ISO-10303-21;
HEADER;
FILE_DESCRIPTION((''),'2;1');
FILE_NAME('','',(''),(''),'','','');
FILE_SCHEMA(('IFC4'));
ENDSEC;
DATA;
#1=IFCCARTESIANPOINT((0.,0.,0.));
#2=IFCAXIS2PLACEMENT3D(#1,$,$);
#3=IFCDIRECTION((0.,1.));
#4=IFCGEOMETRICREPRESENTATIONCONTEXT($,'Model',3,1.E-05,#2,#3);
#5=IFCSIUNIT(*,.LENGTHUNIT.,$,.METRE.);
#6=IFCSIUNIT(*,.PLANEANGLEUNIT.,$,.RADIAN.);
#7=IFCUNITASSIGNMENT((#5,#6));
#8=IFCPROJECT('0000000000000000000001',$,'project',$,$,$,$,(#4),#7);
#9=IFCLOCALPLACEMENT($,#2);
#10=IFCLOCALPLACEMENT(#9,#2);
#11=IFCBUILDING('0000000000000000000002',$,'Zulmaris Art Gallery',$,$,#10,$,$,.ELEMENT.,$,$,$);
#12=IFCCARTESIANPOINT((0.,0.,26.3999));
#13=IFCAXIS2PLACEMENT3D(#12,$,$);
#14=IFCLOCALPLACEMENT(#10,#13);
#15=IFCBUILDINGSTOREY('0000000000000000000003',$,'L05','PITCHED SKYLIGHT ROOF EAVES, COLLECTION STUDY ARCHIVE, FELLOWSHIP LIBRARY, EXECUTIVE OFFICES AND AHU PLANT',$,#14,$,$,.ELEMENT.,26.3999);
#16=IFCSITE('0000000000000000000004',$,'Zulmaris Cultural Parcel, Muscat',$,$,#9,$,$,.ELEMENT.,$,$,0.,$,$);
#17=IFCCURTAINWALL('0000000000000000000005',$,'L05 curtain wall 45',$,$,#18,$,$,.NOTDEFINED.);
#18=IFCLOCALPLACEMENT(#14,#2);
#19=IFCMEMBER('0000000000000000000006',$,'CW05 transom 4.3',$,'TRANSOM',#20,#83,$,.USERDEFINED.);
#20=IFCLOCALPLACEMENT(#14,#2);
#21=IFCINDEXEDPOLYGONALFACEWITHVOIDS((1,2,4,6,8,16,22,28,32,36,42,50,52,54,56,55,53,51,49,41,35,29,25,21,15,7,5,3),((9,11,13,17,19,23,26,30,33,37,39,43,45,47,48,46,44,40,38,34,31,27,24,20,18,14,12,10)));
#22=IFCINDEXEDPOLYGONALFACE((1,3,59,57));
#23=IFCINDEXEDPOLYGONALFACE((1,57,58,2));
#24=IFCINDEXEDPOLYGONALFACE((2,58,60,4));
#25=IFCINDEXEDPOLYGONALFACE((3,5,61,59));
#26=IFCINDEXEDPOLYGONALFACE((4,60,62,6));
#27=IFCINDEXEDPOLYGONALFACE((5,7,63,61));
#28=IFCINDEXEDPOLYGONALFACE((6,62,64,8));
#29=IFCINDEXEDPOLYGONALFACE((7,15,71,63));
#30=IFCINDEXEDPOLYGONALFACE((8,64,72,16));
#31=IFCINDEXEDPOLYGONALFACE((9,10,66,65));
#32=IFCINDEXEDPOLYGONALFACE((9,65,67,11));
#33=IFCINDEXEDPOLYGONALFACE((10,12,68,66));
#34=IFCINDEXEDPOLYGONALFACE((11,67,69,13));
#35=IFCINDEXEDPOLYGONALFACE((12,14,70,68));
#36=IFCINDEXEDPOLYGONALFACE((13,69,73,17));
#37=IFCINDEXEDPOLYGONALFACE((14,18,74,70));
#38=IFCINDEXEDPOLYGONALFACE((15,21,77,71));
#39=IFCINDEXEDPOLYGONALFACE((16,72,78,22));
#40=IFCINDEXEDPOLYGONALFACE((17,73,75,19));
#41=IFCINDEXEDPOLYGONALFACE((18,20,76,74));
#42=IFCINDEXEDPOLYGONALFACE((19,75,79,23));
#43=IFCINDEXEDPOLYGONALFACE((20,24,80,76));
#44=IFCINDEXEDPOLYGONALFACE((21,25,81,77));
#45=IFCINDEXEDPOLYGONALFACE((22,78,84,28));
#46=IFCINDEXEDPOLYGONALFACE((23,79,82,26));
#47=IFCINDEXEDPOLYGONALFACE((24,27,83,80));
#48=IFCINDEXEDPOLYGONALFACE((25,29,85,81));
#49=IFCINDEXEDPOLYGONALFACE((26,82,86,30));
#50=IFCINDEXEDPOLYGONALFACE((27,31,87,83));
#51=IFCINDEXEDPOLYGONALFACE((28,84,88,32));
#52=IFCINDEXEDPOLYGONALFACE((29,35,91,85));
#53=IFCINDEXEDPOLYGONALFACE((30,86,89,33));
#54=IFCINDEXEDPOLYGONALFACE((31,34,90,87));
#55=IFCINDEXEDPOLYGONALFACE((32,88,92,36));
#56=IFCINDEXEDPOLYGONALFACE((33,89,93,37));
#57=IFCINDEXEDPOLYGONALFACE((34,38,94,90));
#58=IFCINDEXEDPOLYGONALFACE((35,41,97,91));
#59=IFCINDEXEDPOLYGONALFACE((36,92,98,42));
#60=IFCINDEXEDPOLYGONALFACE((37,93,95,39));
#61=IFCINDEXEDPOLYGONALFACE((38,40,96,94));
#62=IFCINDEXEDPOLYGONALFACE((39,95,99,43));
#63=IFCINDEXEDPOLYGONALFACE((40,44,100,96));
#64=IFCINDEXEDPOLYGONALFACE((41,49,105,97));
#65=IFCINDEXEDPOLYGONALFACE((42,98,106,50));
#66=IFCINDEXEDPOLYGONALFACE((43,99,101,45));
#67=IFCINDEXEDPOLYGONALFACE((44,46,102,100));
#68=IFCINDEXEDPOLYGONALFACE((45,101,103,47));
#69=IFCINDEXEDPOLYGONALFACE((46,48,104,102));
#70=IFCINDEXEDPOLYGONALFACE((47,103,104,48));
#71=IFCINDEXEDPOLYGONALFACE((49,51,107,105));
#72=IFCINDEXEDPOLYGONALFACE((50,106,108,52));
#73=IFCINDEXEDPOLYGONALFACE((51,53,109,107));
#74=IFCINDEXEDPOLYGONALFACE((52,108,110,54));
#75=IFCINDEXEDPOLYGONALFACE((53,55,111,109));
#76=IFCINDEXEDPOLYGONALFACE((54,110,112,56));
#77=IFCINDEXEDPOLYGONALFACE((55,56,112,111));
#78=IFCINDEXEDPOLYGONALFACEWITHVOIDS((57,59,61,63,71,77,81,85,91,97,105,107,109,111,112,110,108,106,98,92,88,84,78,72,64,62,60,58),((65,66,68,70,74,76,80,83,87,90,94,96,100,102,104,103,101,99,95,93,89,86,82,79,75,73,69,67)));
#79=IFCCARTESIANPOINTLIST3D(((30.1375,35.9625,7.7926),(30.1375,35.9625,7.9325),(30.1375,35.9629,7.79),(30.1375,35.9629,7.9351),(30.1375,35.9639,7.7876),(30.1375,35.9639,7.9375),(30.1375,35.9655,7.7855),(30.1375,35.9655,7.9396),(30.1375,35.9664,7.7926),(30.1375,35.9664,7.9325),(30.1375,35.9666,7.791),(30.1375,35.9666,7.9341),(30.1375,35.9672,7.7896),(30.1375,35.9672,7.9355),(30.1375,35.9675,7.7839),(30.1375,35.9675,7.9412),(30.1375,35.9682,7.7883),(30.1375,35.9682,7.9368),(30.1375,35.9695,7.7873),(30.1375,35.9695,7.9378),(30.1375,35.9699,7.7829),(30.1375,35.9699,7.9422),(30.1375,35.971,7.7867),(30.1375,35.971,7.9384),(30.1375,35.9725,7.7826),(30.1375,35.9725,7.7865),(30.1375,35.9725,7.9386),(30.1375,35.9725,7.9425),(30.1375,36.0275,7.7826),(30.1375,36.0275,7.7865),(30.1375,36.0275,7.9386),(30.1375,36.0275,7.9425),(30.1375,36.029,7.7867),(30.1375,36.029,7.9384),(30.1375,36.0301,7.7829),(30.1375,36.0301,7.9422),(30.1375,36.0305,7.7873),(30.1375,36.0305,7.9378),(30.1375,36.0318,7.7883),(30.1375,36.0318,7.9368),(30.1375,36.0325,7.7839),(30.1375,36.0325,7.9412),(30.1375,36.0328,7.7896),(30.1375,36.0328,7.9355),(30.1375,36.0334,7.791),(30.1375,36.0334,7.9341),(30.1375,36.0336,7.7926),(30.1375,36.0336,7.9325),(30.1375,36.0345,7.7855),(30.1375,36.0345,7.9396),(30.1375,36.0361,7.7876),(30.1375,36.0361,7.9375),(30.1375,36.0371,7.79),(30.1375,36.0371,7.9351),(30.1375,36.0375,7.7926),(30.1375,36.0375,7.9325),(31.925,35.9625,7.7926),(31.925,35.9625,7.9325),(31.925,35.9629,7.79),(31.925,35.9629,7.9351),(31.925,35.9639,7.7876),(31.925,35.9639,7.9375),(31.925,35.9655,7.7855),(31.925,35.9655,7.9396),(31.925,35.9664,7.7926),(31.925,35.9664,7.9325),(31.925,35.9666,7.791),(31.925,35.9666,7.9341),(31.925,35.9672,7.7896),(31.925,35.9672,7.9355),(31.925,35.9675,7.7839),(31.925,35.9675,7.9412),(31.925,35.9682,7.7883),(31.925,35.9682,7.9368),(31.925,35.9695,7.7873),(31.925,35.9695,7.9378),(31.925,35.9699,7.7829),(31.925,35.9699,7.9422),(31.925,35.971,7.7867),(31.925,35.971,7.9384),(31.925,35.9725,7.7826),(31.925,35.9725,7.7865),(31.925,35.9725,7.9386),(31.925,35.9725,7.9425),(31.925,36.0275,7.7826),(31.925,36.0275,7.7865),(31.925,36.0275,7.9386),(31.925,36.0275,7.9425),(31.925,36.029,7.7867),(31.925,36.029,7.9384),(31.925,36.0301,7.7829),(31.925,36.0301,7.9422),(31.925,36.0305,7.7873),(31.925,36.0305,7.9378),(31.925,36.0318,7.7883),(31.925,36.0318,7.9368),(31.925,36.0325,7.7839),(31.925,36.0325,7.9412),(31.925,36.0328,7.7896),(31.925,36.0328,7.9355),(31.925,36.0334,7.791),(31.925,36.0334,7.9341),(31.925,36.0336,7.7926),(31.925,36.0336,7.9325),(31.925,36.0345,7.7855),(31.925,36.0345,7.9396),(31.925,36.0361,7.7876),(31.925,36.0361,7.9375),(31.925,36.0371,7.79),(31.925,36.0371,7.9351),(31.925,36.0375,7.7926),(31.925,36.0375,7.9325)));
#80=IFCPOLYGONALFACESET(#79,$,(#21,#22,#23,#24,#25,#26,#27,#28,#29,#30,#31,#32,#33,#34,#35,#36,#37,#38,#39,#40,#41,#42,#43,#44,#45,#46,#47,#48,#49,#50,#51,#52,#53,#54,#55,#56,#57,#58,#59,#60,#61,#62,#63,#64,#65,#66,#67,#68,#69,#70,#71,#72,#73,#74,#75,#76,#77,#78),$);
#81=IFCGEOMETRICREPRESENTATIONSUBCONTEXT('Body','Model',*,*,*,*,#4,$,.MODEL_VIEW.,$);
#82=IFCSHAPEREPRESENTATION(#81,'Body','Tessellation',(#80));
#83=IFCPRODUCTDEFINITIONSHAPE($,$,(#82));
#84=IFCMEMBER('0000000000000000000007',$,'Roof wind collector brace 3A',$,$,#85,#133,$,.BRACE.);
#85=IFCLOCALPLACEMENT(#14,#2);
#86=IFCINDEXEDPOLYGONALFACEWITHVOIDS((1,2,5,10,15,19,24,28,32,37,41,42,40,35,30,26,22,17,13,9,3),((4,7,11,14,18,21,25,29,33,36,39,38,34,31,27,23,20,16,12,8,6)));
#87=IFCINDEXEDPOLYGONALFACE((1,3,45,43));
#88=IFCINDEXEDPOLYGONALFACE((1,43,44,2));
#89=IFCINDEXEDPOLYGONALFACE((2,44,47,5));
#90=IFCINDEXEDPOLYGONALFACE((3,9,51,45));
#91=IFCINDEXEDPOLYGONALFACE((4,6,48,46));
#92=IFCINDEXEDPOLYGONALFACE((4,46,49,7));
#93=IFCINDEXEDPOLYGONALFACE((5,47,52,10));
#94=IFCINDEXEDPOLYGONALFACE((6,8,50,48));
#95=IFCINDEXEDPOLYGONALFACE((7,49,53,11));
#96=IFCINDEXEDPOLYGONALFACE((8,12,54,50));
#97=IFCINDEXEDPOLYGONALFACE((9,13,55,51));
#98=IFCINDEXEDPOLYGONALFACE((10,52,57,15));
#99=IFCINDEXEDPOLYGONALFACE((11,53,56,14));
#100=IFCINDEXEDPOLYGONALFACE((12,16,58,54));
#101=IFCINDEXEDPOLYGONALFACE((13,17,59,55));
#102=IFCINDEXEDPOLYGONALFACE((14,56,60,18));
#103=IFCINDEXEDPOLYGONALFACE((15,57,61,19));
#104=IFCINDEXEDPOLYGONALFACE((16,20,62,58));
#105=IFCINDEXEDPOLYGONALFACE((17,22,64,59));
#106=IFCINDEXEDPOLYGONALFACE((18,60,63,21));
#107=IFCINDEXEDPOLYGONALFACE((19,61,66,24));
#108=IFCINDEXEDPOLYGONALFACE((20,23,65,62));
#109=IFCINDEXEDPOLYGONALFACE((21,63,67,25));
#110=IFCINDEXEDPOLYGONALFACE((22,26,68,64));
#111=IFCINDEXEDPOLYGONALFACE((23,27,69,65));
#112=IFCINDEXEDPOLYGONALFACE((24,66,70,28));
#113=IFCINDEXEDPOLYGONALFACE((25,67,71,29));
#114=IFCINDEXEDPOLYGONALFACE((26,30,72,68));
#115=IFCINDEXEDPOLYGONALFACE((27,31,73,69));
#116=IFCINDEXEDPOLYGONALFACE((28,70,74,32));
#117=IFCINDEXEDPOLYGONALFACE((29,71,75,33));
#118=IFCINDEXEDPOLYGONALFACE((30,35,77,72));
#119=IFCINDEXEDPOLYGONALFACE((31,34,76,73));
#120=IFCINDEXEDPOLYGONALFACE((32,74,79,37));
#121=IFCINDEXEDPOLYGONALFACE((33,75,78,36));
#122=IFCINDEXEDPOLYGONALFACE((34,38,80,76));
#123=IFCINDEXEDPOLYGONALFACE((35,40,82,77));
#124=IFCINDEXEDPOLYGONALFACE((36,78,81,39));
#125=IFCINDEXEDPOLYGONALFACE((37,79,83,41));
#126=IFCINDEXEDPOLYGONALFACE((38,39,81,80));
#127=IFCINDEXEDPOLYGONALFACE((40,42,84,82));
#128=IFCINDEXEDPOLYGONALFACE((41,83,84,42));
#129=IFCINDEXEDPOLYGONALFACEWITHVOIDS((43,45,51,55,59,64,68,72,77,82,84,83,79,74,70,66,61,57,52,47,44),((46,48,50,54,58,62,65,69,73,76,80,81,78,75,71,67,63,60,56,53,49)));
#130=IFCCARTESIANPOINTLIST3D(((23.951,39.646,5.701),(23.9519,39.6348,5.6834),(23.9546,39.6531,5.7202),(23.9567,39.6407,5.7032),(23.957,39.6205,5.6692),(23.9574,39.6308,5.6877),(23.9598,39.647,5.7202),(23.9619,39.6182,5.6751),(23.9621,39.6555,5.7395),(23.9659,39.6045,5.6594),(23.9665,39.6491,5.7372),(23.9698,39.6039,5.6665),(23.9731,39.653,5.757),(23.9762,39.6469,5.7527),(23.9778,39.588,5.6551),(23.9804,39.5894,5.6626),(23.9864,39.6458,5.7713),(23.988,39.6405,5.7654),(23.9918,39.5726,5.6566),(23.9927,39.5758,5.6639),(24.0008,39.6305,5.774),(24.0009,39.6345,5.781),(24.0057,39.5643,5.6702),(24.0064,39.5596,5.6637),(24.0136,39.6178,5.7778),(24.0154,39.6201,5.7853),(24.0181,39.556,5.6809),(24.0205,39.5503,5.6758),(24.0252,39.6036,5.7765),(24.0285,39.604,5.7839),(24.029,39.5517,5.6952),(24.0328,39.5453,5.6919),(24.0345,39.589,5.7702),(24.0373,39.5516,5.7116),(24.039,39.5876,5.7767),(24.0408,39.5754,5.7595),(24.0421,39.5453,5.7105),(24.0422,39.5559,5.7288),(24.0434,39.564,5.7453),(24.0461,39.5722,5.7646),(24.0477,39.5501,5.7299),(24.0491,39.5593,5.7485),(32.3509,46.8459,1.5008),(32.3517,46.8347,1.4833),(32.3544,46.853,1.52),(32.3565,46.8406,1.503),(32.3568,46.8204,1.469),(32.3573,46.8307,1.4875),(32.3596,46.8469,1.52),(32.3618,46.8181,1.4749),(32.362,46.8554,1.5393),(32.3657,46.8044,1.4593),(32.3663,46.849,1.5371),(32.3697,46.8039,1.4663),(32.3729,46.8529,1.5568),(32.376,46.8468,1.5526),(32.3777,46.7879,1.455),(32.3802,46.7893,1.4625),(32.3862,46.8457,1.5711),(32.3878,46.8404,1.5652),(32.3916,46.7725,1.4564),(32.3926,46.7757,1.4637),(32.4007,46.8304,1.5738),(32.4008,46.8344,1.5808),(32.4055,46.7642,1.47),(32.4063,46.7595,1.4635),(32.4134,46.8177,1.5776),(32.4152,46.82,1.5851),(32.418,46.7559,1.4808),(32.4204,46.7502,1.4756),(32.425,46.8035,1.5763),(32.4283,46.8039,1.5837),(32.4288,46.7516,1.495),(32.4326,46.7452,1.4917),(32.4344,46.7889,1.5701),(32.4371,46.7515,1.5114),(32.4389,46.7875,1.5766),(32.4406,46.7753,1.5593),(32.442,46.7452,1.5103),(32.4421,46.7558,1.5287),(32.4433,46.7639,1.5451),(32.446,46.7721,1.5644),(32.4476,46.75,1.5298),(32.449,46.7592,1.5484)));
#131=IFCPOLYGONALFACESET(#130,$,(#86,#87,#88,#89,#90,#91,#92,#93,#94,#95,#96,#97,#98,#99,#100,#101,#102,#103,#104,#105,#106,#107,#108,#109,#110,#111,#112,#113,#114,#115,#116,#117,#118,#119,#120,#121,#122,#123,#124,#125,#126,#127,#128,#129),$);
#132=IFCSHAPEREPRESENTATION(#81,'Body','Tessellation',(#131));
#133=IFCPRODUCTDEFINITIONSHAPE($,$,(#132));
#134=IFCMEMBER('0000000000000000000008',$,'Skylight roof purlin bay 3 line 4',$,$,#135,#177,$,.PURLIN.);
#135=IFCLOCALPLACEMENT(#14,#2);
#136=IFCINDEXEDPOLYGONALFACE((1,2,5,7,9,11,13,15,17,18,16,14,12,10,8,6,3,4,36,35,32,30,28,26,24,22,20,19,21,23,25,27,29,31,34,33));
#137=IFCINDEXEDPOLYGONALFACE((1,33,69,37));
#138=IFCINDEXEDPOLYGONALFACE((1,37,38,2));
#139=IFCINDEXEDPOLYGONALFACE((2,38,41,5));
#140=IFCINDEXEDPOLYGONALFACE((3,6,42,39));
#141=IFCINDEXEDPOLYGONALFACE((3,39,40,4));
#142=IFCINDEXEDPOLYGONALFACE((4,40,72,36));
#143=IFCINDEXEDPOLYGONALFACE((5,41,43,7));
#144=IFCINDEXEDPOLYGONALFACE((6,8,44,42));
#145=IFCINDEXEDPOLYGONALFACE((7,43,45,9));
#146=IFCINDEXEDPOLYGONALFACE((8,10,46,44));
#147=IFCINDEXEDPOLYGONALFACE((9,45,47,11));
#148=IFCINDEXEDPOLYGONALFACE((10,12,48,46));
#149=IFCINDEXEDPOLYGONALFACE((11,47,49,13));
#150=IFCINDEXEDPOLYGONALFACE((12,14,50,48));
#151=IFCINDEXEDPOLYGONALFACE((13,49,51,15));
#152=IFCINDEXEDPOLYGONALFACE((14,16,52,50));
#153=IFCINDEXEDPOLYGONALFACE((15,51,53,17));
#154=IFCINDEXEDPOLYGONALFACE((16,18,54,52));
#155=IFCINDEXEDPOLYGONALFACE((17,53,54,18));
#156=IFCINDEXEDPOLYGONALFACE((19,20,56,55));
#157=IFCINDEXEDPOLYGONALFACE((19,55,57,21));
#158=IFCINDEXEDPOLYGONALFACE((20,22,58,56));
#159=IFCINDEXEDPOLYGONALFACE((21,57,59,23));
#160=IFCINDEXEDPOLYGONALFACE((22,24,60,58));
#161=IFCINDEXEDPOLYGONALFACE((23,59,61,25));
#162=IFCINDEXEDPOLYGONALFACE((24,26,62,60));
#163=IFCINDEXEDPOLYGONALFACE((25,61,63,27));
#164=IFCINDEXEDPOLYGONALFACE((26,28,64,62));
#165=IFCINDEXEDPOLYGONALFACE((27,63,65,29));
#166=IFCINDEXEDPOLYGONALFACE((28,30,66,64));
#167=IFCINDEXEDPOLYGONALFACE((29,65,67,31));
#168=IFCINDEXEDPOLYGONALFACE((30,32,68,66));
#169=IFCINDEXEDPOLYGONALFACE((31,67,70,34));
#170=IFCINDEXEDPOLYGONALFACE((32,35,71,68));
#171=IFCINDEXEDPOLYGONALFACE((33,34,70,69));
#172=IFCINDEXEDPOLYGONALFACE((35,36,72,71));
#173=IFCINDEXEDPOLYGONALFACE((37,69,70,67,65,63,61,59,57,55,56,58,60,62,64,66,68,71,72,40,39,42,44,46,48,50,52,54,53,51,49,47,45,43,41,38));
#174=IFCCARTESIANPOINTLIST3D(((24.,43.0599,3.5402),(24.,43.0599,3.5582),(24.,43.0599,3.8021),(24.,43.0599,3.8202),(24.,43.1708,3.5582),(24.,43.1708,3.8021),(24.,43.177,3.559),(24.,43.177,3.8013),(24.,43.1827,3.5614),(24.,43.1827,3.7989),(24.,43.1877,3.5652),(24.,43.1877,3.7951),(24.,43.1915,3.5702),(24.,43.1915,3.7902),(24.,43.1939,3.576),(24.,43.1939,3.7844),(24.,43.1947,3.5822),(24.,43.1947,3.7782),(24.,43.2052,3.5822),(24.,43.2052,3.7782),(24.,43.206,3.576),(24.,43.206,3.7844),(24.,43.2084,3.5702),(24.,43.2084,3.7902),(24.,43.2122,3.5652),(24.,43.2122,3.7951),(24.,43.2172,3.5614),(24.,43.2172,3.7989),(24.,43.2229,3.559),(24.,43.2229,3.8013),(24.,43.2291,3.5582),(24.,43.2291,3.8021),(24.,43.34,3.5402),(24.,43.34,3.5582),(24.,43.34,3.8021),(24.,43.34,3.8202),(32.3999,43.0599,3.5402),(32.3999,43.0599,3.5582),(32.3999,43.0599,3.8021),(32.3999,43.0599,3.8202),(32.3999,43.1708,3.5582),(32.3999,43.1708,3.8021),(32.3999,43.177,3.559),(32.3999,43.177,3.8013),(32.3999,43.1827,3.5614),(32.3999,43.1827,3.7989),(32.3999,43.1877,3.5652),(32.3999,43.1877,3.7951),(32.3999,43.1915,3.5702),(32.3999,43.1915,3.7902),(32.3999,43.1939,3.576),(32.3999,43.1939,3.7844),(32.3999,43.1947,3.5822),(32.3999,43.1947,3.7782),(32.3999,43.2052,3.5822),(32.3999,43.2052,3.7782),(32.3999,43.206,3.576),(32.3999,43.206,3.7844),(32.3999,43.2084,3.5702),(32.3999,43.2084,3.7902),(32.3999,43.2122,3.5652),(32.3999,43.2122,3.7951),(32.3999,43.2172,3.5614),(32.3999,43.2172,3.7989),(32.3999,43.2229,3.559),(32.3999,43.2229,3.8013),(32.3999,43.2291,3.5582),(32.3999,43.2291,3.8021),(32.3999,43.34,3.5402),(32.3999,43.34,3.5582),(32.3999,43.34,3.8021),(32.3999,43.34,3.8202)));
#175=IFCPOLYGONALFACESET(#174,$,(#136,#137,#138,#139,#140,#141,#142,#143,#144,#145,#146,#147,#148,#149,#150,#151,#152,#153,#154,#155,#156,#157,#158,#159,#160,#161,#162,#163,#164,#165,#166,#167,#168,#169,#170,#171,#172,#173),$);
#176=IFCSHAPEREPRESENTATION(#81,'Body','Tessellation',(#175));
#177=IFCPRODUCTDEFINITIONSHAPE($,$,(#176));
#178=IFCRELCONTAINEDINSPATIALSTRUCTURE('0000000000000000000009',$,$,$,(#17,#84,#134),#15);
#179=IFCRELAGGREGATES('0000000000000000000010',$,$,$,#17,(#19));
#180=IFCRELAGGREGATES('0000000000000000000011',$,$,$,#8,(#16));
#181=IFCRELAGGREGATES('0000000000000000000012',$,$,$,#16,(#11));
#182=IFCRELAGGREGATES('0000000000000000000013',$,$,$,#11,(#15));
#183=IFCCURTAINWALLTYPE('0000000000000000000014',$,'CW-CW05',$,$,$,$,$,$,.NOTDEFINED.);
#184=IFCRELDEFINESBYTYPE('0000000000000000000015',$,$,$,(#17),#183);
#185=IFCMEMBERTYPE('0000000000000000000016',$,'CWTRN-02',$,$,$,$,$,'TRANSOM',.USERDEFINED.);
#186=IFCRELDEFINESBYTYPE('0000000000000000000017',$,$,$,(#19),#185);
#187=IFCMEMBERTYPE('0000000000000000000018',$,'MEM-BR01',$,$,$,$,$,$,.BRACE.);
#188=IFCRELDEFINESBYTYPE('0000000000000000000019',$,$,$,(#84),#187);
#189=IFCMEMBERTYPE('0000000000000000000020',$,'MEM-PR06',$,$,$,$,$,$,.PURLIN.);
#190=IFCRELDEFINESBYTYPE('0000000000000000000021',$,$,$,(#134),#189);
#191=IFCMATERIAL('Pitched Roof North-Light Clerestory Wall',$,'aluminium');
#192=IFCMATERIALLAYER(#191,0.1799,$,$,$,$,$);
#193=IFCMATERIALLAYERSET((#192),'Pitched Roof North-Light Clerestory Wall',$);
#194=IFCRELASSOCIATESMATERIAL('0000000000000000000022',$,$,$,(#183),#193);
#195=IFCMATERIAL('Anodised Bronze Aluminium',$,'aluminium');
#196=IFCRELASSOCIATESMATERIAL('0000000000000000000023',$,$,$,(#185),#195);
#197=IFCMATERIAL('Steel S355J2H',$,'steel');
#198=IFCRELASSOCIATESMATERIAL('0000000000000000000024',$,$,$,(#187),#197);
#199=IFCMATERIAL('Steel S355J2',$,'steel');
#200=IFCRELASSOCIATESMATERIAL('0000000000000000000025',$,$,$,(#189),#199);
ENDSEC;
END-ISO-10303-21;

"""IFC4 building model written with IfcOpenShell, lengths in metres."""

from ifc_helpers import new_model, si_unit, direction, frame, origin, origin_2d, place, context, subcontext, project, spatial, hollow_rectangle, hollow_circle, i_section, extrude, material, layer, layer_set, material_profile, profile_set, type_object, element, aggregate, save


model = new_model("IFC4")

# Units and contexts
model_context = context("Model", 3, precision=1e-05, world=origin(), true_north=direction((0.0, 1.0)))
body_context = subcontext(model_context, "Body", "Model", "MODEL_VIEW")
ifc_project = project(units=[si_unit("LENGTHUNIT", "METRE"), si_unit("PLANEANGLEUNIT", "RADIAN")], contexts=[model_context])

# Site, building, storey
site_placement = place(None, origin())
site = spatial("IfcSite", under=ifc_project, at=site_placement, Name="Zulmaris Cultural Parcel, Muscat", CompositionType="ELEMENT", RefElevation=0.0)
building_placement = place(site_placement, origin())
building = spatial("IfcBuilding", under=site, at=building_placement, Name="Zulmaris Art Gallery", CompositionType="ELEMENT")
storey_placement = place(building_placement, frame((0.0, 0.0, 26.3999)))
storey = spatial("IfcBuildingStorey", under=building, at=storey_placement, Name="L05", Description="PITCHED SKYLIGHT ROOF EAVES, COLLECTION STUDY ARCHIVE, FELLOWSHIP LIBRARY, EXECUTIVE OFFICES AND AHU PLANT", CompositionType="ELEMENT", Elevation=26.3999)

# Curtain wall, member
ifc_material_1 = material(Name="Pitched Roof North-Light Clerestory Wall", Category="aluminium")
ifc_layer_1 = layer(ifc_material_1, 0.1799)
ifc_layer_set_1 = layer_set([ifc_layer_1], Name="Pitched Roof North-Light Clerestory Wall")
curtain_wall_type = type_object("IfcCurtainWallType", Name="CW-CW05", PredefinedType="NOTDEFINED", material=ifc_layer_set_1)
curtain_wall_placement = place(storey_placement, origin())
curtain_wall = element("IfcCurtainWall", 1, at=curtain_wall_placement, inside=storey, type_object=curtain_wall_type, Name="L05 curtain wall 45", PredefinedType="NOTDEFINED")
ifc_material_2 = material(Name="Anodised Bronze Aluminium", Category="aluminium")
ifc_material_profile_1 = material_profile(ifc_material_2, hollow_rectangle(XDim=0.075, YDim=0.1599, WallThickness=0.0039, InnerFilletRadius=0.0061, OuterFilletRadius=0.01, at=origin_2d()), Name="ALU 75x160x4")
ifc_profile_set_1 = profile_set([ifc_material_profile_1], Name="Anodised Bronze Aluminium")
member_type_1 = type_object("IfcMemberType", Name="CWTRN-02", ElementType="TRANSOM", PredefinedType="USERDEFINED", material=ifc_profile_set_1)
member_1_placement = place(storey_placement, frame((30.1375, 36.0, 7.8625), z_axis=(1.0, 0.0, 0.0), x_axis=(0.0, 1.0, 0.0)))
member_1 = element("IfcMember", 2, at=member_1_placement, type_object=member_type_1, Name="CW05 transom 4.3", ObjectType="TRANSOM", PredefinedType="USERDEFINED", context=body_context, shape_type="SweptSolid", body=[
    extrude(hollow_rectangle(XDim=0.075, YDim=0.1599, WallThickness=0.0039, InnerFilletRadius=0.0061, OuterFilletRadius=0.01, at=origin_2d()), origin(), (0.0, 0.0, 1.0), 1.7876),
])

# Members
ifc_material_3 = material(Name="Steel S355J2H", Category="steel")
ifc_material_profile_2 = material_profile(ifc_material_3, hollow_circle(Radius=0.0698, WallThickness=0.0081, at=origin_2d()), Name="CHS 139.7x8")
ifc_profile_set_2 = profile_set([ifc_material_profile_2], Name="Steel S355J2H")
member_type_2 = type_object("IfcMemberType", Name="MEM-BR01", PredefinedType="BRACE", material=ifc_profile_set_2)
member_2_placement = place(storey_placement, frame((24.0, 39.6001, 5.7202), z_axis=(0.709822, 0.608422, -0.354931), x_axis=(-0.650793, 0.759255, 0.0)))
element("IfcMember", 3, at=member_2_placement, inside=storey, type_object=member_type_2, Name="Roof wind collector brace 3A", PredefinedType="BRACE", context=body_context, shape_type="SweptSolid", body=[
    extrude(hollow_circle(Radius=0.0698, WallThickness=0.0081, at=origin_2d()), origin(), (0.0, 0.0, 1.0), 11.8337),
])
ifc_material_4 = material(Name="Steel S355J2", Category="steel")
ifc_material_profile_3 = material_profile(ifc_material_4, i_section(OverallWidth=0.28, OverallDepth=0.28, WebThickness=0.0105, FlangeThickness=0.0181, FilletRadius=0.0239, at=origin_2d()), Name="HEB 280")
ifc_profile_set_3 = profile_set([ifc_material_profile_3], Name="Steel S355J2")
member_type_3 = type_object("IfcMemberType", Name="MEM-PR06", PredefinedType="PURLIN", material=ifc_profile_set_3)
member_3_placement = place(storey_placement, frame((24.0, 43.2, 3.6802), z_axis=(1.0, 0.0, 0.0), x_axis=(0.0, 1.0, 0.0)))
element("IfcMember", 4, at=member_3_placement, inside=storey, type_object=member_type_3, Name="Skylight roof purlin bay 3 line 4", PredefinedType="PURLIN", context=body_context, shape_type="SweptSolid", body=[
    extrude(i_section(OverallWidth=0.28, OverallDepth=0.28, WebThickness=0.0105, FlangeThickness=0.0181, FilletRadius=0.0239, at=origin_2d()), origin(), (0.0, 0.0, 1.0), 8.3999),
])

aggregate(curtain_wall, [member_1])

save(model, "model.ifc")
